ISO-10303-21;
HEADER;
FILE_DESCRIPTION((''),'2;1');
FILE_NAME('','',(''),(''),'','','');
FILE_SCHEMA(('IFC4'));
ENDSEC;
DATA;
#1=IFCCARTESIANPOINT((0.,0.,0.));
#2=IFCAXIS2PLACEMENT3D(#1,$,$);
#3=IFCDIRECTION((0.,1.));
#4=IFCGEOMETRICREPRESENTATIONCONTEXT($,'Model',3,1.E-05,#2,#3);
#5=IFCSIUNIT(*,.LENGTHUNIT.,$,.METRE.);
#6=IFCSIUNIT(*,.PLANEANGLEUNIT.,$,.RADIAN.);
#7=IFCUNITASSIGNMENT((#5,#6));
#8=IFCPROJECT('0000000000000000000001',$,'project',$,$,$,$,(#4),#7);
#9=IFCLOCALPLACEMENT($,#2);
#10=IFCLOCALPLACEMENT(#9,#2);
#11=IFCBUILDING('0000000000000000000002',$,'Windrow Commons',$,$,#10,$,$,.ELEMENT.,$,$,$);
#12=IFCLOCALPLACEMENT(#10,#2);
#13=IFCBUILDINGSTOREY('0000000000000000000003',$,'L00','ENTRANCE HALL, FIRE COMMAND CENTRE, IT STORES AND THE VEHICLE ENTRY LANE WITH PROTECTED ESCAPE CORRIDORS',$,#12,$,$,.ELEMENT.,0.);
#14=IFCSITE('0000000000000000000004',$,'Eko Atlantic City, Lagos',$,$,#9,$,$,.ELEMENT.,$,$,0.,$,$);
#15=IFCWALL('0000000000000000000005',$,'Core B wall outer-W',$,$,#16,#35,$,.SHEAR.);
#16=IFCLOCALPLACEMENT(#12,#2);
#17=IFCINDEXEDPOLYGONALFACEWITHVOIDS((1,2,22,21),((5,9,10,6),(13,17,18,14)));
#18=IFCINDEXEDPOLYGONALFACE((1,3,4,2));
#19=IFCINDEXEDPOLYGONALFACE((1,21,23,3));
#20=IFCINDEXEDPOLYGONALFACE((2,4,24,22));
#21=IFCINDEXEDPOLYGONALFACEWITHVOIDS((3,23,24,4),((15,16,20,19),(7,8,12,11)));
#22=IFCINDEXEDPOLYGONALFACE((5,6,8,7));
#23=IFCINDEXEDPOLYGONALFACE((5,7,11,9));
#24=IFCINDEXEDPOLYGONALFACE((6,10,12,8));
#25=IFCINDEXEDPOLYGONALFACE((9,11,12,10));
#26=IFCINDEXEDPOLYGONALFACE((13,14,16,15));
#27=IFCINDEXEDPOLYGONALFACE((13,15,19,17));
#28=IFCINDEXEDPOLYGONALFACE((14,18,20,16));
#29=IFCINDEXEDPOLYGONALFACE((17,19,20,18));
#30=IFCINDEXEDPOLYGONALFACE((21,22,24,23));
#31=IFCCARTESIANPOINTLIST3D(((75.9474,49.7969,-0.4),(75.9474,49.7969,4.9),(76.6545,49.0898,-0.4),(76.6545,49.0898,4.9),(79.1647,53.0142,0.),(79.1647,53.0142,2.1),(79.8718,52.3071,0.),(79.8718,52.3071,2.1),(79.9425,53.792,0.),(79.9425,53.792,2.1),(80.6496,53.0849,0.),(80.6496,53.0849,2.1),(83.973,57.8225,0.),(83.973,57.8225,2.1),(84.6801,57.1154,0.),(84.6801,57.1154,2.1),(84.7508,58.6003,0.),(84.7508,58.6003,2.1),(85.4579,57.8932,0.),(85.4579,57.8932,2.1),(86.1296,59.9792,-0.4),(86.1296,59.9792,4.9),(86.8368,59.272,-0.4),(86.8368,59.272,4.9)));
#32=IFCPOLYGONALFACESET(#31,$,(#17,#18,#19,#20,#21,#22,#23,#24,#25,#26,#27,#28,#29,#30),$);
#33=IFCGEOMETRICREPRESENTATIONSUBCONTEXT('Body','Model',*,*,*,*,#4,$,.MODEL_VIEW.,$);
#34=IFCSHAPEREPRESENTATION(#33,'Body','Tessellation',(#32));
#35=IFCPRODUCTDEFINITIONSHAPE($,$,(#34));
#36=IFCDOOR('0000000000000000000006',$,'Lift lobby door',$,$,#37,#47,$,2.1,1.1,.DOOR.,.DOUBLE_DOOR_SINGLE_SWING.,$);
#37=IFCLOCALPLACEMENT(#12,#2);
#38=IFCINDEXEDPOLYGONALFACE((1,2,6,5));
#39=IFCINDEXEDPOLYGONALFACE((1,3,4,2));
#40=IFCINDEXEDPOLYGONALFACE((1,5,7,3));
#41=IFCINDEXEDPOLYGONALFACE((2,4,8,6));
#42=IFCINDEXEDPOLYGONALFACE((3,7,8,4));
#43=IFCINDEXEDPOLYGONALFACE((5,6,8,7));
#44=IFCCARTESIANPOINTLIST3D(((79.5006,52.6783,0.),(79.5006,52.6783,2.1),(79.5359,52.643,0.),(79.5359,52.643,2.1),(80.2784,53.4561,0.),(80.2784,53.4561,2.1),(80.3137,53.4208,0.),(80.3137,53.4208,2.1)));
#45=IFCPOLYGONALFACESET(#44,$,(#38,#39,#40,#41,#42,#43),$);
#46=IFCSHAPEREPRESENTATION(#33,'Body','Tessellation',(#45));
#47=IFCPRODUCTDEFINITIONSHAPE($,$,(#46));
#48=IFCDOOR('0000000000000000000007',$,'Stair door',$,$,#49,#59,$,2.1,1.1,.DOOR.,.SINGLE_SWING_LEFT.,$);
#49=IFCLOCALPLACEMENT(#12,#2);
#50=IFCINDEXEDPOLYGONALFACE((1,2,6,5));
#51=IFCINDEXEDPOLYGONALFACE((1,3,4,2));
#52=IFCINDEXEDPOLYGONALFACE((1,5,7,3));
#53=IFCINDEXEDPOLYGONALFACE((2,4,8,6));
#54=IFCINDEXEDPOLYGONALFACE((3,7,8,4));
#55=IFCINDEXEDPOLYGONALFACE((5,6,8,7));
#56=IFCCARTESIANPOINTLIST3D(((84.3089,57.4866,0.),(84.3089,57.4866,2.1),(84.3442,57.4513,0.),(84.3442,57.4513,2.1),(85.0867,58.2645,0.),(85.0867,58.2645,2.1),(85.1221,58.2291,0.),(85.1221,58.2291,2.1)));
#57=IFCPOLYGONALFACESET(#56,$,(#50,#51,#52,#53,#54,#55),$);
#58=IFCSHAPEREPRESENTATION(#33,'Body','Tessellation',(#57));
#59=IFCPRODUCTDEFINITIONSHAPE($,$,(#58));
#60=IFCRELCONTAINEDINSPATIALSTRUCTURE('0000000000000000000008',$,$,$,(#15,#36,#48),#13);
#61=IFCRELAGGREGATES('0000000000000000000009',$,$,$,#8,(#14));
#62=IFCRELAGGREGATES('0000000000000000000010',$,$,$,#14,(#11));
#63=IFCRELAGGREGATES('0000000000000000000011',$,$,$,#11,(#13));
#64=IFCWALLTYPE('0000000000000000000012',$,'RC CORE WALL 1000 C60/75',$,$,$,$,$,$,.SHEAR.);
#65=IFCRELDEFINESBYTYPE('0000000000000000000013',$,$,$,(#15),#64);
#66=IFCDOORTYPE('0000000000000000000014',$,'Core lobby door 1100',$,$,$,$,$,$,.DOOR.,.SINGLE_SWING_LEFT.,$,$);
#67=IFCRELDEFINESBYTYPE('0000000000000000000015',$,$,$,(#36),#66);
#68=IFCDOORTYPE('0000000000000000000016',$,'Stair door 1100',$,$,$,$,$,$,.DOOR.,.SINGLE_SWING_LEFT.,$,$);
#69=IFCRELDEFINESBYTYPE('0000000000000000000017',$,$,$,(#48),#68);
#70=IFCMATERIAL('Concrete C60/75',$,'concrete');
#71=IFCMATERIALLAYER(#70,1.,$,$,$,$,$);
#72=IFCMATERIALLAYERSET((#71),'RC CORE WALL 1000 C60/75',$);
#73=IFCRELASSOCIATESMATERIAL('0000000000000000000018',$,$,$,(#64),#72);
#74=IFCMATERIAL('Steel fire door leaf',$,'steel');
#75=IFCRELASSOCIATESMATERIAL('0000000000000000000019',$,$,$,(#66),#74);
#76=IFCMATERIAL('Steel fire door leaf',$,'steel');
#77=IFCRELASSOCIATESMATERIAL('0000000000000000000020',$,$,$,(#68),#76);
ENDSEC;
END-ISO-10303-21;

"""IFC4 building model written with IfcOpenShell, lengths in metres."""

from ifc_helpers import new_model, si_unit, direction, frame, frame_2d, origin, place, context, subcontext, project, spatial, rectangle, extrude, material, layer, layer_set, type_object, element, fill, save


model = new_model("IFC4")

# Units and contexts
model_context = context("Model", 3, precision=1e-05, world=origin(), true_north=direction((0.0, 1.0)))
body_context = subcontext(model_context, "Body", "Model", "MODEL_VIEW")
ifc_project = project(units=[si_unit("LENGTHUNIT", "METRE"), si_unit("PLANEANGLEUNIT", "RADIAN")], contexts=[model_context])

# Site, building, storey
site_placement = place(None, origin())
site = spatial("IfcSite", under=ifc_project, at=site_placement, Name="Eko Atlantic City, Lagos", CompositionType="ELEMENT", RefElevation=0.0)
building_placement = place(site_placement, origin())
building = spatial("IfcBuilding", under=site, at=building_placement, Name="Windrow Commons", CompositionType="ELEMENT")
storey_placement = place(building_placement, origin())
storey = spatial("IfcBuildingStorey", under=building, at=storey_placement, Name="L00", Description="ENTRANCE HALL, FIRE COMMAND CENTRE, IT STORES AND THE VEHICLE ENTRY LANE WITH PROTECTED ESCAPE CORRIDORS", CompositionType="ELEMENT", Elevation=0.0)

# Shared definitions
ifc_material_1 = material(Name="Concrete C60/75", Category="concrete")
ifc_layer_1 = layer(ifc_material_1, 1.0)
ifc_layer_set_1 = layer_set([ifc_layer_1], Name="RC CORE WALL 1000 C60/75")
wall_type_1 = type_object("IfcWallType", Name="RC CORE WALL 1000 C60/75", PredefinedType="SHEAR", material=ifc_layer_set_1)

# Wall, openings, doors
wall_1_placement = place(storey_placement, frame((76.3009, 49.4433, -0.4), z_axis=(0.0, 0.0, 1.0), x_axis=(0.707107, 0.707107, 0.0)))
wall_1 = element("IfcWall", 1, at=wall_1_placement, inside=storey, type_object=wall_type_1, Name="Core B wall outer-W", PredefinedType="SHEAR", context=body_context, shape_type="SweptSolid", body=[
    extrude(rectangle(XDim=14.3999, YDim=1.0, at=frame_2d((7.2, 0.0))), origin(), (0.0, 0.0, 1.0), 5.3),
])
opening_1_placement = place(wall_1_placement, frame((4.55, 0.0, 0.4)))
opening_1 = element("IfcOpeningElement", 2, at=opening_1_placement, cuts=wall_1, PredefinedType="OPENING", context=body_context, shape_type="SweptSolid", body=[
    extrude(rectangle(XDim=1.1, YDim=2.1, at=frame_2d((0.55, 1.05))), frame((0.0, 0.51, 0.0), z_axis=(0.0, -1.0, 0.0), x_axis=(1.0, 0.0, 0.0)), (0.0, 0.0, 1.0), 1.02),
])
opening_2_placement = place(wall_1_placement, frame((11.35, 0.0, 0.4)))
opening_2 = element("IfcOpeningElement", 3, at=opening_2_placement, cuts=wall_1, PredefinedType="OPENING", context=body_context, shape_type="SweptSolid", body=[
    extrude(rectangle(XDim=1.1, YDim=2.1, at=frame_2d((0.55, 1.05))), frame((0.0, 0.51, 0.0), z_axis=(0.0, -1.0, 0.0), x_axis=(1.0, 0.0, 0.0)), (0.0, 0.0, 1.0), 1.02),
])
ifc_material_2 = material(Name="Steel fire door leaf", Category="steel")
door_type_1 = type_object("IfcDoorType", Name="Core lobby door 1100", OperationType="SINGLE_SWING_LEFT", PredefinedType="DOOR", material=ifc_material_2)
door_1_placement = place(opening_1_placement, origin())
door_1 = element("IfcDoor", 4, at=door_1_placement, inside=storey, type_object=door_type_1, Name="Lift lobby door", OperationType="DOUBLE_DOOR_SINGLE_SWING", OverallHeight=2.1, OverallWidth=1.1, PredefinedType="DOOR", context=body_context, shape_type="SweptSolid", body=[
    extrude(rectangle(XDim=1.1, YDim=2.1, at=frame_2d((0.55, 1.05))), frame((0.0, 0.025, 0.0), z_axis=(0.0, -1.0, 0.0), x_axis=(1.0, 0.0, 0.0)), (0.0, 0.0, 1.0), 0.05),
])
fill(opening_1, door_1)
ifc_material_3 = material(Name="Steel fire door leaf", Category="steel")
door_type_2 = type_object("IfcDoorType", Name="Stair door 1100", OperationType="SINGLE_SWING_LEFT", PredefinedType="DOOR", material=ifc_material_3)
door_2_placement = place(opening_2_placement, origin())
door_2 = element("IfcDoor", 5, at=door_2_placement, inside=storey, type_object=door_type_2, Name="Stair door", OperationType="SINGLE_SWING_LEFT", OverallHeight=2.1, OverallWidth=1.1, PredefinedType="DOOR", context=body_context, shape_type="SweptSolid", body=[
    extrude(rectangle(XDim=1.1, YDim=2.1, at=frame_2d((0.55, 1.05))), frame((0.0, 0.025, 0.0), z_axis=(0.0, -1.0, 0.0), x_axis=(1.0, 0.0, 0.0)), (0.0, 0.0, 1.0), 0.05),
])
fill(opening_2, door_2)

save(model, "model.ifc")
